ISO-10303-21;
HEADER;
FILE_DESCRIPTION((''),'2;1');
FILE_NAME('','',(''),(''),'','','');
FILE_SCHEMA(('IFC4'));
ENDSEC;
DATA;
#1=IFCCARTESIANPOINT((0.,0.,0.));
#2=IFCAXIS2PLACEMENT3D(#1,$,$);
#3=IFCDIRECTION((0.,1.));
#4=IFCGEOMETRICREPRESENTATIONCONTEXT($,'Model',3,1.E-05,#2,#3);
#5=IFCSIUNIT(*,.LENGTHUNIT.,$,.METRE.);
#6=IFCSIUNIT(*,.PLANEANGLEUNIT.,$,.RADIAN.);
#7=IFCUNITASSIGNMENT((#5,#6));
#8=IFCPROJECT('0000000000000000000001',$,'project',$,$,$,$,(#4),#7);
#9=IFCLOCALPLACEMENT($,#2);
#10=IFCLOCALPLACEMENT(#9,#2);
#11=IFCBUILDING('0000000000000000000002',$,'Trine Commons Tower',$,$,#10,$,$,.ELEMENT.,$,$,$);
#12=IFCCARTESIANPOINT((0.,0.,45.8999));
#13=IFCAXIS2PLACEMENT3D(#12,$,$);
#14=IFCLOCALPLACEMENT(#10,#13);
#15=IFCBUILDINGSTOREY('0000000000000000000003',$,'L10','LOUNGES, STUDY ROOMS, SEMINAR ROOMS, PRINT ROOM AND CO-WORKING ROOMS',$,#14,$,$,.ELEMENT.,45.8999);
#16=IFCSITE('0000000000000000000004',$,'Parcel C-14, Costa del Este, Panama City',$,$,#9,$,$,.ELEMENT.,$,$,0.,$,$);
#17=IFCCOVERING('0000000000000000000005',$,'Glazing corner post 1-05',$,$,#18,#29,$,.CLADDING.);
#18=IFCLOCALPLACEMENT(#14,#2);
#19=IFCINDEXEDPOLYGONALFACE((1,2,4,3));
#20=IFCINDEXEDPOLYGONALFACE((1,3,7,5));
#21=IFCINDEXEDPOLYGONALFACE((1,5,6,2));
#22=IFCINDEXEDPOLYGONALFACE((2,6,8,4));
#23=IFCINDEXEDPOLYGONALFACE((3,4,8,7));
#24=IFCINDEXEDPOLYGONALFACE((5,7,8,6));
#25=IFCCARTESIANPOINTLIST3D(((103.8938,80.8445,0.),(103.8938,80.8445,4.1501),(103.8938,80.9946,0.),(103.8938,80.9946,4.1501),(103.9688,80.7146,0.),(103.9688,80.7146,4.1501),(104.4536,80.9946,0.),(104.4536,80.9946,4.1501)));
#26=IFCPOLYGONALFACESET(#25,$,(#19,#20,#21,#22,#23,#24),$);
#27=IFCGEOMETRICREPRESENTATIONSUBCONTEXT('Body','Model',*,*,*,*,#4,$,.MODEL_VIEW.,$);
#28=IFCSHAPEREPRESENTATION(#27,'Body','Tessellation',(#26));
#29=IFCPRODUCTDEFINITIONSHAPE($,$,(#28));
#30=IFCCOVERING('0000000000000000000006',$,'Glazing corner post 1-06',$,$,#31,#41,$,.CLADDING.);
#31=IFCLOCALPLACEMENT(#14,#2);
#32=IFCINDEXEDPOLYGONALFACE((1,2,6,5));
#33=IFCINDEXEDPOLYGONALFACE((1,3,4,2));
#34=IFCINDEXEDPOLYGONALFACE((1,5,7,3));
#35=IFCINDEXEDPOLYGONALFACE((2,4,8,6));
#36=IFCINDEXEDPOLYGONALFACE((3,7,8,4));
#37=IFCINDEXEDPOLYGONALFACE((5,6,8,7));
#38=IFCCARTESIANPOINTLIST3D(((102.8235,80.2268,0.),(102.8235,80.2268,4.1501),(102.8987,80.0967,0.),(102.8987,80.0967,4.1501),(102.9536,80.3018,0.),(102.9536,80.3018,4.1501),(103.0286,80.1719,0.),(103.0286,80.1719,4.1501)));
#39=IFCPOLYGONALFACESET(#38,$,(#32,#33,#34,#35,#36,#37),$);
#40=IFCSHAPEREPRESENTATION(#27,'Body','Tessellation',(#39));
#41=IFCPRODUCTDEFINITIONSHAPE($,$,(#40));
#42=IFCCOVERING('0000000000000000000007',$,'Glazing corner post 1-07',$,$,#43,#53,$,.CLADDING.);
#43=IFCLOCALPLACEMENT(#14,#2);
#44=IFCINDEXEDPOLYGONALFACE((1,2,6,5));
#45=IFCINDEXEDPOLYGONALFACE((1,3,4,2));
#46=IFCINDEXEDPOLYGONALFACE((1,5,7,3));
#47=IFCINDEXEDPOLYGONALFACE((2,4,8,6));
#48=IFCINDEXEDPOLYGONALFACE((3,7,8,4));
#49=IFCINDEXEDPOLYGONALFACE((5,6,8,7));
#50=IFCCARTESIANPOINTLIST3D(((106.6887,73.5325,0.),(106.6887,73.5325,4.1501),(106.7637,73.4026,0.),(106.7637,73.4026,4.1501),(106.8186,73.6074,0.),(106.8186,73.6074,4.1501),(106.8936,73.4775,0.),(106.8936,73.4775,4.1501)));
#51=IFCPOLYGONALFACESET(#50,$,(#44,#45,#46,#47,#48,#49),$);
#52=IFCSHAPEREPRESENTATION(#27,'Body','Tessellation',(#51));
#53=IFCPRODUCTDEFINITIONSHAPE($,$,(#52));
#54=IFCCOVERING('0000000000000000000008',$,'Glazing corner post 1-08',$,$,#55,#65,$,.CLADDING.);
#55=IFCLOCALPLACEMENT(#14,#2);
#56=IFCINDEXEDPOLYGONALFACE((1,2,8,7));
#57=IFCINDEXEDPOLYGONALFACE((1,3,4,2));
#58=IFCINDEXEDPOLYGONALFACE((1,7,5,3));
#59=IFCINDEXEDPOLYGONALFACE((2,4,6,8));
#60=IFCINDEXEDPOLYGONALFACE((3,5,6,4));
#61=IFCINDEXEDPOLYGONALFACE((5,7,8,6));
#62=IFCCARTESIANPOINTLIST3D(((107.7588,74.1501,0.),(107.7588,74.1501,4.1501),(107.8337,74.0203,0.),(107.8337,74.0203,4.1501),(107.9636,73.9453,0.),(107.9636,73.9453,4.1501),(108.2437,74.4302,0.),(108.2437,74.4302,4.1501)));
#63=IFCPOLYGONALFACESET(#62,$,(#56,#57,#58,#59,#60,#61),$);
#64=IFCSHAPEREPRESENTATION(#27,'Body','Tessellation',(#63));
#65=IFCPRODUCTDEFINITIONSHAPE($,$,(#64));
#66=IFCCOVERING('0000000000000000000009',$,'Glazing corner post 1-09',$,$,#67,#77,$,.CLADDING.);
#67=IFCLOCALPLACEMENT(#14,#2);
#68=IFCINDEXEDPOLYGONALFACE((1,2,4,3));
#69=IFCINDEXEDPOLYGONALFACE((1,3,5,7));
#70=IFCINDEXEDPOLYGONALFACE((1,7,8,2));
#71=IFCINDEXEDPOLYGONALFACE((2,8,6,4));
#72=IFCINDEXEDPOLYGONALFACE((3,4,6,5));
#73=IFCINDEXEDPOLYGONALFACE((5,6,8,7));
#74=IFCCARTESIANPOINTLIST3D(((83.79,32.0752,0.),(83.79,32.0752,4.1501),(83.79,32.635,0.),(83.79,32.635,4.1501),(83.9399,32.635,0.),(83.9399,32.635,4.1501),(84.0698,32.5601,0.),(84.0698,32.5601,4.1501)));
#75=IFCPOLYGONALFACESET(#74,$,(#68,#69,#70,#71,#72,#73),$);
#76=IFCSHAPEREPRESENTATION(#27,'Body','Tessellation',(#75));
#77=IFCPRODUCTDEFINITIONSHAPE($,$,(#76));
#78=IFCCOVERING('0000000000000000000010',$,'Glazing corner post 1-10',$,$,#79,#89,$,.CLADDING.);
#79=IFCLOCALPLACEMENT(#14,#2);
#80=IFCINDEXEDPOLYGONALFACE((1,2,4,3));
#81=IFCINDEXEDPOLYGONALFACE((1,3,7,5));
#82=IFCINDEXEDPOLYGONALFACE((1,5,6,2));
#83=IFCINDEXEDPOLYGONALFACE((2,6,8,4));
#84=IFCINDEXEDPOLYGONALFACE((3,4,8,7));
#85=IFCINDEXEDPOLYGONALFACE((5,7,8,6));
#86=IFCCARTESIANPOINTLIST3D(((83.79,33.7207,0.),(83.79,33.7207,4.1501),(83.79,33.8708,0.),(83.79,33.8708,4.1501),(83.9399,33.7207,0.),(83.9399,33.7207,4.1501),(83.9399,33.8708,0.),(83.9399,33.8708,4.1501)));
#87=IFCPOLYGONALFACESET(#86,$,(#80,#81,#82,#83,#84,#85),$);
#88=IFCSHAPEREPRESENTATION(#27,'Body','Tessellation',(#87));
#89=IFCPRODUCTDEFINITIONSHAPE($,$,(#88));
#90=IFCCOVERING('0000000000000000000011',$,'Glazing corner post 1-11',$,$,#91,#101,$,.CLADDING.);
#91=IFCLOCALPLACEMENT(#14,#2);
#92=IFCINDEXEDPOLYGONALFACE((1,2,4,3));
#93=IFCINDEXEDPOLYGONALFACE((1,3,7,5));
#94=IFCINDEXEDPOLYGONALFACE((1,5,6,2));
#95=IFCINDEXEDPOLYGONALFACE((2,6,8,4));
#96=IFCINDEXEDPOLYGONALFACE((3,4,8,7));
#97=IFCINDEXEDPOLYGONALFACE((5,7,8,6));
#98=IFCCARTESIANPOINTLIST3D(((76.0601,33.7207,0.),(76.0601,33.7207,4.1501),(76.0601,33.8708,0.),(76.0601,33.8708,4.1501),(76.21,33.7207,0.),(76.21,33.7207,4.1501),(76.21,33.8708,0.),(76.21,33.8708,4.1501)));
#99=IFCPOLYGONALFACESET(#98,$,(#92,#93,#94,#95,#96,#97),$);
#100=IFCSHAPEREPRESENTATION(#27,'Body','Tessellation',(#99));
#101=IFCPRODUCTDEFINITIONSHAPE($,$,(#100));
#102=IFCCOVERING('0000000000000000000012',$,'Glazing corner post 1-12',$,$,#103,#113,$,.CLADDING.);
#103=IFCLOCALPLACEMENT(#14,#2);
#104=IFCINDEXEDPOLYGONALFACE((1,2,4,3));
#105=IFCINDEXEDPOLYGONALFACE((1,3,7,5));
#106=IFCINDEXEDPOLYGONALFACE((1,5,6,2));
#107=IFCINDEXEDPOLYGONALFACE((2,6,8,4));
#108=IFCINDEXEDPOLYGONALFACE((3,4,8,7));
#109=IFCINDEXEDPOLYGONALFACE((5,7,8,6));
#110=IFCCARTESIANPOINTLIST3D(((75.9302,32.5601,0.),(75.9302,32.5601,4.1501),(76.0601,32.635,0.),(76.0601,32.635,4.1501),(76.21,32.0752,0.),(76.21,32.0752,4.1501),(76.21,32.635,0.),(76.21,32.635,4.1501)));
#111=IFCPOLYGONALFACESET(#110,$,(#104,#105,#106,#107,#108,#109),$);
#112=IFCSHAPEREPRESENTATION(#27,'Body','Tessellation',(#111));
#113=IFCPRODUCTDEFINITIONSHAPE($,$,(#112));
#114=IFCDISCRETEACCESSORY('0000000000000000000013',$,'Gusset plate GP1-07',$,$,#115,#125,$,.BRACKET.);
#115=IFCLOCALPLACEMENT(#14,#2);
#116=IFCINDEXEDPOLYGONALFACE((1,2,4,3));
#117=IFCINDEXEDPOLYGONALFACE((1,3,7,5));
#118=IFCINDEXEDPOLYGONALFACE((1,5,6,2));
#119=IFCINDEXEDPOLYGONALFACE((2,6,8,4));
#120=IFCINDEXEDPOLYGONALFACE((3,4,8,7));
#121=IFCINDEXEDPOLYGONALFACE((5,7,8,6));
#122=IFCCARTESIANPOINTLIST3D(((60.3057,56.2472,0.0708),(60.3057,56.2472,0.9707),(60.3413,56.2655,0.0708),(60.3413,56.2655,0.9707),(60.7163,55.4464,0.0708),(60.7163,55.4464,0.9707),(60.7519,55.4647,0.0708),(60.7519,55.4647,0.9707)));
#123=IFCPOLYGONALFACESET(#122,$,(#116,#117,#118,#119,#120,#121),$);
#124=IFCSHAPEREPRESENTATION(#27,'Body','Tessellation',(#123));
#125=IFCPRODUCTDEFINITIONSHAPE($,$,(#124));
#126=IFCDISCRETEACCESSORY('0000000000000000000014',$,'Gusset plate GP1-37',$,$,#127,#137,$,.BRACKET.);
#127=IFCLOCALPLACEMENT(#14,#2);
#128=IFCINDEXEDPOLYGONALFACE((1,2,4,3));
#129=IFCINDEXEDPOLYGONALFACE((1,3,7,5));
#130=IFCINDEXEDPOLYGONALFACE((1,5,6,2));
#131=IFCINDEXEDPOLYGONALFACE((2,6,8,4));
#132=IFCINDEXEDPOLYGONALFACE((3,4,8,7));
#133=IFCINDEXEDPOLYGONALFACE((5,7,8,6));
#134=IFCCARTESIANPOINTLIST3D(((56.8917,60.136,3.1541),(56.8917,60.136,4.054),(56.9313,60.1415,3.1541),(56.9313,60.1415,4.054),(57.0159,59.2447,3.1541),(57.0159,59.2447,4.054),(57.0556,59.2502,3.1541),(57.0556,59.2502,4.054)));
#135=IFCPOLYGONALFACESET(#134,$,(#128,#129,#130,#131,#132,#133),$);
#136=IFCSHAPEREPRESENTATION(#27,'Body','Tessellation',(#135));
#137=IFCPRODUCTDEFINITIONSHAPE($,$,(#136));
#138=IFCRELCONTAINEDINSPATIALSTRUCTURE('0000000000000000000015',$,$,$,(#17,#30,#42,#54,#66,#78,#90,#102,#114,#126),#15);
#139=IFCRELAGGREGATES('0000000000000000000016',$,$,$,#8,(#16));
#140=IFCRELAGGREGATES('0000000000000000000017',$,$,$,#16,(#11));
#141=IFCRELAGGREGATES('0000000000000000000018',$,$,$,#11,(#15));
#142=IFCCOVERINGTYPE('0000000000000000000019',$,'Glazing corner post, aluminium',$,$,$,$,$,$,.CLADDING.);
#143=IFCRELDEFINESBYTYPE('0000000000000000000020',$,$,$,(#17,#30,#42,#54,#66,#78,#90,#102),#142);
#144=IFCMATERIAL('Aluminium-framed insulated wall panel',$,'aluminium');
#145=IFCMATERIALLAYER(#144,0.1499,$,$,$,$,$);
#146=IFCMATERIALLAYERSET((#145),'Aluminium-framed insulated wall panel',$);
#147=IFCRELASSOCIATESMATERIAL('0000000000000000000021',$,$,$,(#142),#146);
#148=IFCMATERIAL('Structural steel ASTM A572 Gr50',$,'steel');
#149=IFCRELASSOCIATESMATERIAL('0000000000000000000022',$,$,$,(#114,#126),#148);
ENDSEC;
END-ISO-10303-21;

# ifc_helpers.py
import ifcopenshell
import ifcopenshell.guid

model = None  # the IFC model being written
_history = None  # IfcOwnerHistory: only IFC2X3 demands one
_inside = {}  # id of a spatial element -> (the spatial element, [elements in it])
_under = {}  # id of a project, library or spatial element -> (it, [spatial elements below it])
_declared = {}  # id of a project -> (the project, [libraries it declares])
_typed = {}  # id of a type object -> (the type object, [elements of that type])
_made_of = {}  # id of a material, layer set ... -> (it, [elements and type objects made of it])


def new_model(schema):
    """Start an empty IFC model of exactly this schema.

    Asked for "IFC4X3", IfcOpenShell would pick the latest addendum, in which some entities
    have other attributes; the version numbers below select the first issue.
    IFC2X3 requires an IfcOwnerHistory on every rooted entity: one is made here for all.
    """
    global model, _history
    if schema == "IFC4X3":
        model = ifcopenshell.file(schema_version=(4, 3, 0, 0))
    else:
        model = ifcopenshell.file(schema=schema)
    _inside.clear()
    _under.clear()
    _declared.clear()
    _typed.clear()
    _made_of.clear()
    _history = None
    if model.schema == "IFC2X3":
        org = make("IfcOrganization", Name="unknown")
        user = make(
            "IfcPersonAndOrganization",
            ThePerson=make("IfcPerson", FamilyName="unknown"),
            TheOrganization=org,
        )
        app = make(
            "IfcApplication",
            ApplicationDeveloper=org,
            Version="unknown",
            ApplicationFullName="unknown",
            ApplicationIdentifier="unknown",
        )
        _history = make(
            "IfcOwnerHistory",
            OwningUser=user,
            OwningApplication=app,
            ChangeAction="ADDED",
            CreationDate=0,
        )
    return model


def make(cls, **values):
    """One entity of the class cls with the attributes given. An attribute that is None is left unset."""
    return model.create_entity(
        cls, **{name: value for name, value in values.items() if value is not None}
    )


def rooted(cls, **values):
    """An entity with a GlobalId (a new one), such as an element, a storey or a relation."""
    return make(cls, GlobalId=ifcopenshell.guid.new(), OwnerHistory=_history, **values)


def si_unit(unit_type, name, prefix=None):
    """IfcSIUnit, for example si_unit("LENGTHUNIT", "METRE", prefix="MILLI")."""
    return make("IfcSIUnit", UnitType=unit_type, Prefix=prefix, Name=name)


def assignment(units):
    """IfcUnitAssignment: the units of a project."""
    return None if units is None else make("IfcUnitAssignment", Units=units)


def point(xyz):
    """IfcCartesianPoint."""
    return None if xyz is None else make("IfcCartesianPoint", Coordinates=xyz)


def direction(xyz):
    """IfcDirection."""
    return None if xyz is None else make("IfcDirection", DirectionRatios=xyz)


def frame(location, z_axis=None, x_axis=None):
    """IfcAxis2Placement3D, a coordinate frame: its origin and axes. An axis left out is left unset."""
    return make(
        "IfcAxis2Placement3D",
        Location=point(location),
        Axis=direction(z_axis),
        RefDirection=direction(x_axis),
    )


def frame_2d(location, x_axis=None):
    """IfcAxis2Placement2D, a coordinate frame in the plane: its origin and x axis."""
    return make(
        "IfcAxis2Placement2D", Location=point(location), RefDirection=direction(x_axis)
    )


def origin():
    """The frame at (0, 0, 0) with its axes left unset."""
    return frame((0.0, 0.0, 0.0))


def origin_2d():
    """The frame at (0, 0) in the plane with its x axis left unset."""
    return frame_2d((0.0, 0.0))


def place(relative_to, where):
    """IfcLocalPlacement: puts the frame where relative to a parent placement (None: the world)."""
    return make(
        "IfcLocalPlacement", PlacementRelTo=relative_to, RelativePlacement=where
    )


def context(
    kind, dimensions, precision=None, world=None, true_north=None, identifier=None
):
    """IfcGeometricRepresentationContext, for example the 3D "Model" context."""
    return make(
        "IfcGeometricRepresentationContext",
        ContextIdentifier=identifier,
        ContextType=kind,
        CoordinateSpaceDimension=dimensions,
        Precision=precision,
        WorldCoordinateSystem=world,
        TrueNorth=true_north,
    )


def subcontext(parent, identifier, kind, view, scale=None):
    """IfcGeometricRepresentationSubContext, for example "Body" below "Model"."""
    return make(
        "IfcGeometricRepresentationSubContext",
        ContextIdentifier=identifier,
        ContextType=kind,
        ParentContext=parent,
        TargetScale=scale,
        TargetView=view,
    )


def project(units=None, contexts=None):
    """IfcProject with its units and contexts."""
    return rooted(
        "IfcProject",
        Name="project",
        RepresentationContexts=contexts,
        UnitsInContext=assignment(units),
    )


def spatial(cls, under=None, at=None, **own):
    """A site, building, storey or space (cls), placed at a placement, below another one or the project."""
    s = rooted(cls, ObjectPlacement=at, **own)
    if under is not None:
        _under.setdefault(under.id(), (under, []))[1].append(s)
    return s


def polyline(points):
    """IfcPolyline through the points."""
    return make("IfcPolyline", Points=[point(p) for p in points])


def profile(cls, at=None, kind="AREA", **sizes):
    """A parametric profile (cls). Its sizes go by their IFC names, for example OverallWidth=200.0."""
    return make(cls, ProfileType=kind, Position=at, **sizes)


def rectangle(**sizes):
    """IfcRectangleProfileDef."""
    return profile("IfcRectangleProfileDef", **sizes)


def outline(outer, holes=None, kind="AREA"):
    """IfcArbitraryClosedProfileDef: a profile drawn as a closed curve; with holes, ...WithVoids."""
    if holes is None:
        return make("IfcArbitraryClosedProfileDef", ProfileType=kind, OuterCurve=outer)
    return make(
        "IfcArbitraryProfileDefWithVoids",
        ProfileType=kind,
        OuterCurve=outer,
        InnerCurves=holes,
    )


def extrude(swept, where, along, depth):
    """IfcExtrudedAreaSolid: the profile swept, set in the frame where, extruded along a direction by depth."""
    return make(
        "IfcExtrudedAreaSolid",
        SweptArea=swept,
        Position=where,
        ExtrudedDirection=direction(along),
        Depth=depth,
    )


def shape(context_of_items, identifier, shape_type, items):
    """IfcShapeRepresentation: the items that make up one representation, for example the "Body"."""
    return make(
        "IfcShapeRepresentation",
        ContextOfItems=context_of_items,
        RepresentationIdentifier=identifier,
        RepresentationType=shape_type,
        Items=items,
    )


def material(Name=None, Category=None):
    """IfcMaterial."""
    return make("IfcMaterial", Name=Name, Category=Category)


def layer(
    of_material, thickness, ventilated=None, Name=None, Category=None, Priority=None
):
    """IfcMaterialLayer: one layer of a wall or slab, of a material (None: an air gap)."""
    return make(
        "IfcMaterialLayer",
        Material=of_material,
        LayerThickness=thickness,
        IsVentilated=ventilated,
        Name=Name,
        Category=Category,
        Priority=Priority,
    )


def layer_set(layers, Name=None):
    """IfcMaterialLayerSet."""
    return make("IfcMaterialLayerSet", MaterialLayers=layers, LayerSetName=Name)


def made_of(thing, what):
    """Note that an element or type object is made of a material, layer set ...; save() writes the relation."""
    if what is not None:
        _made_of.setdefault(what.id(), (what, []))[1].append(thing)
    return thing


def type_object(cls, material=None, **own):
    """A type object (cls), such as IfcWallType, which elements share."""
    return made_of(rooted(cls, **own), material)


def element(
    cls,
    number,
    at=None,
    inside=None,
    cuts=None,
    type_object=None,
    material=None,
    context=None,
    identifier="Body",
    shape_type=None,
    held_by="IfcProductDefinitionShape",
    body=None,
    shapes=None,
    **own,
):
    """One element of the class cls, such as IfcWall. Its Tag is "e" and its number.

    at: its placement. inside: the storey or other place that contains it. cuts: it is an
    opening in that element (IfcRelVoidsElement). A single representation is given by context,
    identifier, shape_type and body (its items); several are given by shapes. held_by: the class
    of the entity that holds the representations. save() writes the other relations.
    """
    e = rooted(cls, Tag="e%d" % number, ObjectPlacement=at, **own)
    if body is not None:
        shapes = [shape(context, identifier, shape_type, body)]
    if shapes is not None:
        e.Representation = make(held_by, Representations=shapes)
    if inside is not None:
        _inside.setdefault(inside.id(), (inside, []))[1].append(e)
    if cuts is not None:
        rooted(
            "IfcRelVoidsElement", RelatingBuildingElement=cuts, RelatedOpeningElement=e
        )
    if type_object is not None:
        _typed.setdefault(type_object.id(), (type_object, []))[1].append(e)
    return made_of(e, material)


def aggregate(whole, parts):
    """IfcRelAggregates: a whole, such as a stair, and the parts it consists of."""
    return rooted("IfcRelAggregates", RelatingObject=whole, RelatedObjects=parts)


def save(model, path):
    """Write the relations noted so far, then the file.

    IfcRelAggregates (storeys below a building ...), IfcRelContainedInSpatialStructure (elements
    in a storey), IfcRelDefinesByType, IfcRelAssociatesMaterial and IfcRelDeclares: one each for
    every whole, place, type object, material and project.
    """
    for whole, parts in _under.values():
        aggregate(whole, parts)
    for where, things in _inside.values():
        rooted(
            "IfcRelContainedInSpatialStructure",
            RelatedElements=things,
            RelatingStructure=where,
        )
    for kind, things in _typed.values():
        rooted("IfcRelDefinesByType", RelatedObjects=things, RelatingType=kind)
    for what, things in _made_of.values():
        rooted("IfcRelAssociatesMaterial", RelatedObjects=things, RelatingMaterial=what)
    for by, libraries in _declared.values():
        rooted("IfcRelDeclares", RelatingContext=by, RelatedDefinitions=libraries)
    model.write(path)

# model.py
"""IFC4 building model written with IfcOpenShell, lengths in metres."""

from ifc_helpers import new_model, si_unit, direction, frame, origin, origin_2d, place, context, subcontext, project, spatial, polyline, rectangle, outline, extrude, material, layer, layer_set, type_object, element, save


model = new_model("IFC4")

# Units and contexts
model_context = context("Model", 3, precision=1e-05, world=origin(), true_north=direction((0.0, 1.0)))
body_context = subcontext(model_context, "Body", "Model", "MODEL_VIEW")
ifc_project = project(units=[si_unit("LENGTHUNIT", "METRE"), si_unit("PLANEANGLEUNIT", "RADIAN")], contexts=[model_context])

# Site, building, storey
site_placement = place(None, origin())
site = spatial("IfcSite", under=ifc_project, at=site_placement, Name="Parcel C-14, Costa del Este, Panama City", CompositionType="ELEMENT", RefElevation=0.0)
building_placement = place(site_placement, origin())
building = spatial("IfcBuilding", under=site, at=building_placement, Name="Trine Commons Tower", CompositionType="ELEMENT")
storey_placement = place(building_placement, frame((0.0, 0.0, 45.8999)))
storey = spatial("IfcBuildingStorey", under=building, at=storey_placement, Name="L10", Description="LOUNGES, STUDY ROOMS, SEMINAR ROOMS, PRINT ROOM AND CO-WORKING ROOMS", CompositionType="ELEMENT", Elevation=45.8999)

# Shared definitions
ifc_material_1 = material(Name="Aluminium-framed insulated wall panel", Category="aluminium")

# Coverings
ifc_layer_1 = layer(ifc_material_1, 0.1499)
ifc_layer_set_1 = layer_set([ifc_layer_1], Name="Aluminium-framed insulated wall panel")
covering_type = type_object("IfcCoveringType", Name="Glazing corner post, aluminium", PredefinedType="CLADDING", material=ifc_layer_set_1)
covering_1_placement = place(storey_placement, origin())
element("IfcCovering", 1, at=covering_1_placement, inside=storey, type_object=covering_type, Name="Glazing corner post 1-05", PredefinedType="CLADDING", context=body_context, shape_type="SweptSolid", body=[
    extrude(outline(polyline([(103.9688, 80.7146), (104.4536, 80.9946), (103.8938, 80.9946), (103.8938, 80.8445), (103.9688, 80.7146)])), origin(), (0.0, 0.0, 1.0), 4.1501),
])
covering_2_placement = place(storey_placement, origin())
element("IfcCovering", 2, at=covering_2_placement, inside=storey, type_object=covering_type, Name="Glazing corner post 1-06", PredefinedType="CLADDING", context=body_context, shape_type="SweptSolid", body=[
    extrude(outline(polyline([(102.8987, 80.0967), (103.0286, 80.1719), (102.9536, 80.3018), (102.8235, 80.2268), (102.8987, 80.0967)])), origin(), (0.0, 0.0, 1.0), 4.1501),
])
covering_3_placement = place(storey_placement, origin())
element("IfcCovering", 3, at=covering_3_placement, inside=storey, type_object=covering_type, Name="Glazing corner post 1-07", PredefinedType="CLADDING", context=body_context, shape_type="SweptSolid", body=[
    extrude(outline(polyline([(106.6887, 73.5325), (106.7637, 73.4026), (106.8936, 73.4775), (106.8186, 73.6074), (106.6887, 73.5325)])), origin(), (0.0, 0.0, 1.0), 4.1501),
])
covering_4_placement = place(storey_placement, origin())
element("IfcCovering", 4, at=covering_4_placement, inside=storey, type_object=covering_type, Name="Glazing corner post 1-08", PredefinedType="CLADDING", context=body_context, shape_type="SweptSolid", body=[
    extrude(outline(polyline([(107.9636, 73.9453), (108.2437, 74.4302), (107.7588, 74.1501), (107.8337, 74.0203), (107.9636, 73.9453)])), origin(), (0.0, 0.0, 1.0), 4.1501),
])
covering_5_placement = place(storey_placement, origin())
element("IfcCovering", 5, at=covering_5_placement, inside=storey, type_object=covering_type, Name="Glazing corner post 1-09", PredefinedType="CLADDING", context=body_context, shape_type="SweptSolid", body=[
    extrude(outline(polyline([(83.79, 32.635), (83.79, 32.0752), (84.0698, 32.5601), (83.9399, 32.635), (83.9399, 32.635), (83.79, 32.635)])), origin(), (0.0, 0.0, 1.0), 4.1501),
])
covering_6_placement = place(storey_placement, origin())
element("IfcCovering", 6, at=covering_6_placement, inside=storey, type_object=covering_type, Name="Glazing corner post 1-10", PredefinedType="CLADDING", context=body_context, shape_type="SweptSolid", body=[
    extrude(outline(polyline([(83.9399, 33.7207), (83.9399, 33.8708), (83.79, 33.8708), (83.79, 33.7207), (83.9399, 33.7207)])), origin(), (0.0, 0.0, 1.0), 4.1501),
])
covering_7_placement = place(storey_placement, origin())
element("IfcCovering", 7, at=covering_7_placement, inside=storey, type_object=covering_type, Name="Glazing corner post 1-11", PredefinedType="CLADDING", context=body_context, shape_type="SweptSolid", body=[
    extrude(outline(polyline([(76.21, 33.8708), (76.0601, 33.8708), (76.0601, 33.7207), (76.21, 33.7207), (76.21, 33.8708)])), origin(), (0.0, 0.0, 1.0), 4.1501),
])
covering_8_placement = place(storey_placement, origin())
element("IfcCovering", 8, at=covering_8_placement, inside=storey, type_object=covering_type, Name="Glazing corner post 1-12", PredefinedType="CLADDING", context=body_context, shape_type="SweptSolid", body=[
    extrude(outline(polyline([(75.9302, 32.5601), (76.21, 32.0752), (76.21, 32.635), (76.0601, 32.635), (75.9302, 32.5601)])), origin(), (0.0, 0.0, 1.0), 4.1501),
])

# Discrete accessories
ifc_material_2 = material(Name="Structural steel ASTM A572 Gr50", Category="steel")
for number, where, z_axis, x_axis, name in (
    (9, (60.5288, 55.856, 0.0708), (0.0, 0.0, 1.0), (0.456259, -0.889847, 0.0), "Gusset plate GP1-07"),
    (10, (56.9736, 59.6931, 3.1541), (0.0, 0.0, 1.0), (0.138084, -0.99042, 0.0), "Gusset plate GP1-37"),
):
    element("IfcDiscreteAccessory", number, at=place(storey_placement, frame(where, z_axis=z_axis, x_axis=x_axis)), inside=storey, material=ifc_material_2, Name=name, PredefinedType="BRACKET", context=body_context, shape_type="SweptSolid", body=[
        extrude(rectangle(XDim=0.8999, YDim=0.04, at=origin_2d()), origin(), (0.0, 0.0, 1.0), 0.8999),
    ])

save(model, "model.ifc")
